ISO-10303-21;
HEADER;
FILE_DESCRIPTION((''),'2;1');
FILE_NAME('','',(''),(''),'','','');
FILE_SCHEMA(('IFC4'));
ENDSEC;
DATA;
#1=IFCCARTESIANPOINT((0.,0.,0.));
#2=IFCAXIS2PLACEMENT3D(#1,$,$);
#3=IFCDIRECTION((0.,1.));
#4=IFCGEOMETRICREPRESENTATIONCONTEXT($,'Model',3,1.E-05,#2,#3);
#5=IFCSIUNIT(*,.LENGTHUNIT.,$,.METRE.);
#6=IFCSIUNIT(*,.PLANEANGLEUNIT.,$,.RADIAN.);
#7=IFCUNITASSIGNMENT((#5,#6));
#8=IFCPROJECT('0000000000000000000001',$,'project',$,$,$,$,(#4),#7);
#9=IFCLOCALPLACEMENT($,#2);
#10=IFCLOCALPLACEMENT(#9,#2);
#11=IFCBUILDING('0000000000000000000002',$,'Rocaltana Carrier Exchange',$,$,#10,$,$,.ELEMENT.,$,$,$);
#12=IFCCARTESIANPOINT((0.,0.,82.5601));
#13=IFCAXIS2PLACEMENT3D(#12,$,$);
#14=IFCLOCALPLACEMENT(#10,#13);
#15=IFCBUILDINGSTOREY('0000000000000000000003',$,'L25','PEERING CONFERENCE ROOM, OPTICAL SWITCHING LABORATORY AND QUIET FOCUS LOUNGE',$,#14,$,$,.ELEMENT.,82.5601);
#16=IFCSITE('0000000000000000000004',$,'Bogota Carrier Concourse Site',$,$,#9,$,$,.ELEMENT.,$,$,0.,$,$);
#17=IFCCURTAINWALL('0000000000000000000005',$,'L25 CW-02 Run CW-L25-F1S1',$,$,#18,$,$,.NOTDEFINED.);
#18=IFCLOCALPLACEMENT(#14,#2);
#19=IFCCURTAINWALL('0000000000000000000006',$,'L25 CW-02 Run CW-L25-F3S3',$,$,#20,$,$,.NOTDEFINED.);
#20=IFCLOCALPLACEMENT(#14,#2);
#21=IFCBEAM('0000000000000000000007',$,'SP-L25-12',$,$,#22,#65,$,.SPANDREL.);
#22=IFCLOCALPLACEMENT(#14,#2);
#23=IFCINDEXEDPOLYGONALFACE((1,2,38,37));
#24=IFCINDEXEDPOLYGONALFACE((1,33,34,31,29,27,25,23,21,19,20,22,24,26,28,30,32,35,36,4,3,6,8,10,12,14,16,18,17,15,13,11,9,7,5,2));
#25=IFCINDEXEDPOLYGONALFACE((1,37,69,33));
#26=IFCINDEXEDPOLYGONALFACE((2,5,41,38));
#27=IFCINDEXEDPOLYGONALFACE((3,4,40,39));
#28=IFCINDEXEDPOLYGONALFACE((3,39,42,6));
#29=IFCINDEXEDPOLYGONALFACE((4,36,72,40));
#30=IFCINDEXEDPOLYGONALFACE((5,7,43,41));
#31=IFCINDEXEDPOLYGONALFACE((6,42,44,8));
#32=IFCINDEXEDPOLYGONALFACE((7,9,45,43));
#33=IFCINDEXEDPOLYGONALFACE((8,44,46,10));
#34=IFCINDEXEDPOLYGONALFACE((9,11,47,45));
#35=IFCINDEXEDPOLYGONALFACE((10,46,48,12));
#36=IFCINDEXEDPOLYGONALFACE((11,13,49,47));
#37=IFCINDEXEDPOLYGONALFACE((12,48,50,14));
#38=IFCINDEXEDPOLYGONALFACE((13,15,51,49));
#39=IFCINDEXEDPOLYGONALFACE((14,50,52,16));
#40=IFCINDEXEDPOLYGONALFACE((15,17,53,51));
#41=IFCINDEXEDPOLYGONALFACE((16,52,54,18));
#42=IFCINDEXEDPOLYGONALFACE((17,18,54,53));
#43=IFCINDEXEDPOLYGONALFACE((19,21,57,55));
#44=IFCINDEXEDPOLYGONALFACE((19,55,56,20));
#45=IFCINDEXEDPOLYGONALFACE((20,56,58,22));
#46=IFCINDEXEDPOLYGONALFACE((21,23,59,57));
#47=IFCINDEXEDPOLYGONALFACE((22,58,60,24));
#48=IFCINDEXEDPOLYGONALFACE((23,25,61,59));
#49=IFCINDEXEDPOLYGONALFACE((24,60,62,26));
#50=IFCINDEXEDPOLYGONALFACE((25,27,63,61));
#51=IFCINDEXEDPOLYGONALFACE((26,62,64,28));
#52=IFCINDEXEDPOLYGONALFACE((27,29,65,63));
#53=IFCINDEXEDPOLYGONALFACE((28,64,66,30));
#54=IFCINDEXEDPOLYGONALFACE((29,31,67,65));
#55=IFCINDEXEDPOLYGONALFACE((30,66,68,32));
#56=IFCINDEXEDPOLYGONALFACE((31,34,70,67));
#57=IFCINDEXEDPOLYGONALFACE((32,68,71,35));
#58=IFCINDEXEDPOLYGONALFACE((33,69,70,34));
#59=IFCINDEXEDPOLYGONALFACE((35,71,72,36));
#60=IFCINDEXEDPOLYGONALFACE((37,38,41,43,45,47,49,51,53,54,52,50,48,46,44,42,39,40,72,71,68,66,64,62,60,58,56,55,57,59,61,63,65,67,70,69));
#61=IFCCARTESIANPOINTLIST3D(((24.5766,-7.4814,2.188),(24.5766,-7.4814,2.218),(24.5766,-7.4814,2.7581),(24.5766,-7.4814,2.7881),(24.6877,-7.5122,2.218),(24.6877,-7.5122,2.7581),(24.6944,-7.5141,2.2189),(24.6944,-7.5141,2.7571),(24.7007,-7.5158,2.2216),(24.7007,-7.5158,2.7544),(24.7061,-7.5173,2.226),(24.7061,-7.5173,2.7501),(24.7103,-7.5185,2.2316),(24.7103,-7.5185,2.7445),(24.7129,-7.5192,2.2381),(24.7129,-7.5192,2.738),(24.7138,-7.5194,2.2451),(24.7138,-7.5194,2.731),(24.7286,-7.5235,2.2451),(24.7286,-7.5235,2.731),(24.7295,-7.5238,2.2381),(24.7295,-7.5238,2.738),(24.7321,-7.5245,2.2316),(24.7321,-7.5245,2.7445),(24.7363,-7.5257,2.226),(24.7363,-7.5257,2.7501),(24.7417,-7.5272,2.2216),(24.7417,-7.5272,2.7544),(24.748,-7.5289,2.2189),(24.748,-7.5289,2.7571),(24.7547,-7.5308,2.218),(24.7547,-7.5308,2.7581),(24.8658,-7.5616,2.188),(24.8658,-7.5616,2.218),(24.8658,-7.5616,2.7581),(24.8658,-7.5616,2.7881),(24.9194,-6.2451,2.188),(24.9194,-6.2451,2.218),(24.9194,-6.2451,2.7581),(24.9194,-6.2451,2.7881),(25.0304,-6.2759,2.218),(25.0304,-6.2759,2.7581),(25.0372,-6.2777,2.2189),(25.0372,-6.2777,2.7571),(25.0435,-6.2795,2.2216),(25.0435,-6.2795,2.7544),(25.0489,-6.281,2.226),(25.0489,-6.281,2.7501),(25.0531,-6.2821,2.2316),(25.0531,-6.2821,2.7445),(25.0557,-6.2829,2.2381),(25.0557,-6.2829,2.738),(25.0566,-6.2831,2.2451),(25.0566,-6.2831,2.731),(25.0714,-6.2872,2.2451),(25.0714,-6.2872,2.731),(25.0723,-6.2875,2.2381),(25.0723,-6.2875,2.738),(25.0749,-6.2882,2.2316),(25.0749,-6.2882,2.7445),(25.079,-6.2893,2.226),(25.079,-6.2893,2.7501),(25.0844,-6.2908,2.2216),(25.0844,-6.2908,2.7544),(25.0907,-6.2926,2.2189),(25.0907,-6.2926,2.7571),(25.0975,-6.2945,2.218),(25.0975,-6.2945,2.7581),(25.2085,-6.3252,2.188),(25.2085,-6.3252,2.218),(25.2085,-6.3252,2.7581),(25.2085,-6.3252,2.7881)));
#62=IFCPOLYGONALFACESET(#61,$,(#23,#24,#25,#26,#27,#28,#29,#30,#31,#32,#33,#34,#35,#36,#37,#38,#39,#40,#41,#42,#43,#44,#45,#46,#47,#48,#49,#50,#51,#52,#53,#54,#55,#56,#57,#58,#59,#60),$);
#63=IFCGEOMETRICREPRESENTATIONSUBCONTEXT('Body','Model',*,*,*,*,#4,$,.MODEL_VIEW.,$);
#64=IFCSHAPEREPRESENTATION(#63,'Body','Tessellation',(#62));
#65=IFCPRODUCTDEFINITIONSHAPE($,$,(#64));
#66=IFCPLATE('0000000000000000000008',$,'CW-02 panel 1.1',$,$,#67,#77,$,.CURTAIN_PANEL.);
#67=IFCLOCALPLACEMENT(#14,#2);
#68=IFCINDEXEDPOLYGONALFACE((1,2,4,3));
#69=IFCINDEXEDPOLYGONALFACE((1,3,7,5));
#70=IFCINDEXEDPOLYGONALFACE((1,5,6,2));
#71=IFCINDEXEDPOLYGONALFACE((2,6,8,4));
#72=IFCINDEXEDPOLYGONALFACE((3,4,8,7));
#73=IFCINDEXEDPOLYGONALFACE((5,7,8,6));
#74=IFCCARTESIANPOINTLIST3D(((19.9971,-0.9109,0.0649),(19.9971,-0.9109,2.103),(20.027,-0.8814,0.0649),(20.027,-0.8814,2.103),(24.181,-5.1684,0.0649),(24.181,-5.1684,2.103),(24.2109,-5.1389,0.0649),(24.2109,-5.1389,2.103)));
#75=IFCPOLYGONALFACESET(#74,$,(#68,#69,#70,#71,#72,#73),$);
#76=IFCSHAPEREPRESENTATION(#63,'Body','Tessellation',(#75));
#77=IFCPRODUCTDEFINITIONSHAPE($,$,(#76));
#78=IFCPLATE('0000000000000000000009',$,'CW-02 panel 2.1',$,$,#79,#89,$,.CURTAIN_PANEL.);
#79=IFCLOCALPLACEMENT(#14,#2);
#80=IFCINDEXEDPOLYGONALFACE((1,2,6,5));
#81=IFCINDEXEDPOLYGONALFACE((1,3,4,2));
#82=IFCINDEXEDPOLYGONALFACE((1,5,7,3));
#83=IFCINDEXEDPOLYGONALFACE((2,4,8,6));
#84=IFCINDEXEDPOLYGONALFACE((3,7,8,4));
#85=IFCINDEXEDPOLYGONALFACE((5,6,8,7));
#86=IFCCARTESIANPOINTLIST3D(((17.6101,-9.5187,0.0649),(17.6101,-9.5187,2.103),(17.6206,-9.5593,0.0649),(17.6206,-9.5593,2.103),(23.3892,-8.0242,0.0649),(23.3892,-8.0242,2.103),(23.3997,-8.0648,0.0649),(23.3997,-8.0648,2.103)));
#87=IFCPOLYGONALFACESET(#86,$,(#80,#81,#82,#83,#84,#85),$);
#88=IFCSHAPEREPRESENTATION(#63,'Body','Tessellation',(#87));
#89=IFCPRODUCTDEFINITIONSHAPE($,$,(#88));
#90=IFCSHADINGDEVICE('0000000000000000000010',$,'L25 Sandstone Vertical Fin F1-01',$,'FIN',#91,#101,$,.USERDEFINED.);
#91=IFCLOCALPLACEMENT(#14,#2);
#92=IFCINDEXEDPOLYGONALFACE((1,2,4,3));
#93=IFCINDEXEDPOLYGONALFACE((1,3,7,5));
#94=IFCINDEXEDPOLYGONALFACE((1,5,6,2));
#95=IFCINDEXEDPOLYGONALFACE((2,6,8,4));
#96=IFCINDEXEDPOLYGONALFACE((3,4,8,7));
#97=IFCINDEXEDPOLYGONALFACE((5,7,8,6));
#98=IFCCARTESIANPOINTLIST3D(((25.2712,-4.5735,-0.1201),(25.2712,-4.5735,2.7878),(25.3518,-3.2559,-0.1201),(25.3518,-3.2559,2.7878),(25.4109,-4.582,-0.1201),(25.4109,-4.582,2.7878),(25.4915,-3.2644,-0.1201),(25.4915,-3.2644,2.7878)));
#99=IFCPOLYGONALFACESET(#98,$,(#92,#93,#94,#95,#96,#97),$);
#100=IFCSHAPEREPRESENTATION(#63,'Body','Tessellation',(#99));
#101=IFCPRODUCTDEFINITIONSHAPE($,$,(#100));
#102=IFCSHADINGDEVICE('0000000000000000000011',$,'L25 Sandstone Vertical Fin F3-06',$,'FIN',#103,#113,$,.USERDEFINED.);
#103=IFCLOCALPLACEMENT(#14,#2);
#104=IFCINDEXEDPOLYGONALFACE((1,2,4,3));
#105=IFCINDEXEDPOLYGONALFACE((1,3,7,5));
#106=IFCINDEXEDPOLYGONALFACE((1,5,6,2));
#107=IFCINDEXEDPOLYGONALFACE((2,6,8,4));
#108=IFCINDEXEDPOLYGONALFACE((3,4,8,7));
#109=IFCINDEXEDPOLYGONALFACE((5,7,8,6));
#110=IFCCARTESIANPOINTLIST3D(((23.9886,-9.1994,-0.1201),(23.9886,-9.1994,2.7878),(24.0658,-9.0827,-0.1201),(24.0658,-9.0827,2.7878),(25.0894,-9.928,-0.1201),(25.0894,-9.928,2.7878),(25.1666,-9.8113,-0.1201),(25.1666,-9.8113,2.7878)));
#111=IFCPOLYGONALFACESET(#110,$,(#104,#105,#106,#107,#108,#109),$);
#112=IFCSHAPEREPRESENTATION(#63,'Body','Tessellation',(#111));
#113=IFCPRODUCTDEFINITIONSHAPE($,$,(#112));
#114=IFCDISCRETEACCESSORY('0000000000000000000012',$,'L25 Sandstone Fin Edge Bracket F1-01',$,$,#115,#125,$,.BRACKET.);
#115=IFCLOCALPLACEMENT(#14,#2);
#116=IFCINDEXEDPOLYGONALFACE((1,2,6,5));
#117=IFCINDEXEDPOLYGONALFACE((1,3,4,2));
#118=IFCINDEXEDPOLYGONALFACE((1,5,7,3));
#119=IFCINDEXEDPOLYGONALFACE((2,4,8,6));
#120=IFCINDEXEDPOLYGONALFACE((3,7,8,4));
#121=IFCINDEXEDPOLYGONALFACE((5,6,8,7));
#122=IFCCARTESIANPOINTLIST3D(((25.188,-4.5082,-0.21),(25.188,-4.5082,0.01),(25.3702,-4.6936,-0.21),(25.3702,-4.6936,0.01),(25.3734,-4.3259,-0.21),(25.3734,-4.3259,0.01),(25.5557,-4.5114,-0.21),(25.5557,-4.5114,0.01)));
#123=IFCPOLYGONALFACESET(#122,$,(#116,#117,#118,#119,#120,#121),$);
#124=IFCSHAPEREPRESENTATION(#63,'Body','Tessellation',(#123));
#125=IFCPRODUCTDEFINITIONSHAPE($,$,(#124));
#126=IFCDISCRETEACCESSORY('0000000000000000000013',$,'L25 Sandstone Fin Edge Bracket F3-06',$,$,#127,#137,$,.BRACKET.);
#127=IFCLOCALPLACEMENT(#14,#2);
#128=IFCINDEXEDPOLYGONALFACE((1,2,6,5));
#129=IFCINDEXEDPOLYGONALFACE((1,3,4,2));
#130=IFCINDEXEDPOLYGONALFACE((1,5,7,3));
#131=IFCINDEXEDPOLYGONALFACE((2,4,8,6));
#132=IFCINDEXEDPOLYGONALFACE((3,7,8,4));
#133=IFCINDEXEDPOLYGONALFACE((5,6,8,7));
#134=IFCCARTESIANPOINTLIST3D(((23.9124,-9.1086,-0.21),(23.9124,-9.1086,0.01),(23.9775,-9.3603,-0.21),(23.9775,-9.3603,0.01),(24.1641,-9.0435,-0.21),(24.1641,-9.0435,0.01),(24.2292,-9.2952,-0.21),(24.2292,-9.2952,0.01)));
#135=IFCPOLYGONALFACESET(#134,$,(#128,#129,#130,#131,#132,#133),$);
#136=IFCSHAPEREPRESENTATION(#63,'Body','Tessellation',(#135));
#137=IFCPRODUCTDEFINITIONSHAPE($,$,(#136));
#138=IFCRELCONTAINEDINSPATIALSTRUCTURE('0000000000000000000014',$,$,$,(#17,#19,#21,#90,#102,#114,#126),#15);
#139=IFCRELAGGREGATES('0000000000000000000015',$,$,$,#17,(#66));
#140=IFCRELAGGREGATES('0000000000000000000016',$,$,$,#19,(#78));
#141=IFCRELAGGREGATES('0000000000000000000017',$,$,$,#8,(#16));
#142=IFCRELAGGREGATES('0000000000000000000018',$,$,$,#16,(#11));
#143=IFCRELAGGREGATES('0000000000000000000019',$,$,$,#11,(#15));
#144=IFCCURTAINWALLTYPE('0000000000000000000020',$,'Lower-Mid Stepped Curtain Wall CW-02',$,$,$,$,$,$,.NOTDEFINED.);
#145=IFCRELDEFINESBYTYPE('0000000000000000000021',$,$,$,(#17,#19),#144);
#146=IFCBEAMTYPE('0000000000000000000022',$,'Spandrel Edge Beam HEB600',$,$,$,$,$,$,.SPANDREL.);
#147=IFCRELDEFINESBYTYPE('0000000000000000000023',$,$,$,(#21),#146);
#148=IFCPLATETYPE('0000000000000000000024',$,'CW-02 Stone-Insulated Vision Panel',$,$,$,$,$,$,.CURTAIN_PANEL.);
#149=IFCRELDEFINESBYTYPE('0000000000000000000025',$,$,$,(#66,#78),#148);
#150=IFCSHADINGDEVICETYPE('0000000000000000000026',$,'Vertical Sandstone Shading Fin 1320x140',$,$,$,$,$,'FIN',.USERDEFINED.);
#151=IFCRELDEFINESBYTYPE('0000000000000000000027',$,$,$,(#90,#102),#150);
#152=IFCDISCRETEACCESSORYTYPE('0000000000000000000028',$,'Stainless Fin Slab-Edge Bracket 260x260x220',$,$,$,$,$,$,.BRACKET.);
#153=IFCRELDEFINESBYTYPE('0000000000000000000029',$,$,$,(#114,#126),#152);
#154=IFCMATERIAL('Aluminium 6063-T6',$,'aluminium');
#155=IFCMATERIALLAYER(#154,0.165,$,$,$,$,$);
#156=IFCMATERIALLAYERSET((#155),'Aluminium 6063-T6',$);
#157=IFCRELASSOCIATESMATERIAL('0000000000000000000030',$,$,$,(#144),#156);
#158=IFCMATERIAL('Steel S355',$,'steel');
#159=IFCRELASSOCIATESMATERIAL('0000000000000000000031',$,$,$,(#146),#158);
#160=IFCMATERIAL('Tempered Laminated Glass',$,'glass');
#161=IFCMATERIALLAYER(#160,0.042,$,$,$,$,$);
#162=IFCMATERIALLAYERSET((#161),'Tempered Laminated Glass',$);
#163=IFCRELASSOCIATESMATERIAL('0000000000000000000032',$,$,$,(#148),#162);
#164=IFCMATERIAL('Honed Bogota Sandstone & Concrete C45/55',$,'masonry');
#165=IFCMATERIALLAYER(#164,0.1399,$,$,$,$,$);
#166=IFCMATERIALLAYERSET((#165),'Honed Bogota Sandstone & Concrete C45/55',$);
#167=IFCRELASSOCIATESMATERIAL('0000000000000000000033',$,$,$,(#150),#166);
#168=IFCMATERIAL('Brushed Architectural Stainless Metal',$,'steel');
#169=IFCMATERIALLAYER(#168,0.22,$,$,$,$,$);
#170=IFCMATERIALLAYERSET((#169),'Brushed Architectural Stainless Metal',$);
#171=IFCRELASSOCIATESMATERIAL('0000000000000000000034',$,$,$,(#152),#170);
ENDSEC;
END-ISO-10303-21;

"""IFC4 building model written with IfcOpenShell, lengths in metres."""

from ifc_helpers import new_model, si_unit, direction, frame, origin, origin_2d, place, context, subcontext, project, spatial, rectangle, i_section, extrude, material, layer, layer_set, material_profile, profile_set, type_object, element, aggregate, save


model = new_model("IFC4")

# Units and contexts
model_context = context("Model", 3, precision=1e-05, world=origin(), true_north=direction((0.0, 1.0)))
body_context = subcontext(model_context, "Body", "Model", "MODEL_VIEW")
ifc_project = project(units=[si_unit("LENGTHUNIT", "METRE"), si_unit("PLANEANGLEUNIT", "RADIAN")], contexts=[model_context])

# Site, building, storey
site_placement = place(None, origin())
site = spatial("IfcSite", under=ifc_project, at=site_placement, Name="Bogota Carrier Concourse Site", CompositionType="ELEMENT", RefElevation=0.0)
building_placement = place(site_placement, origin())
building = spatial("IfcBuilding", under=site, at=building_placement, Name="Rocaltana Carrier Exchange", CompositionType="ELEMENT")
storey_placement = place(building_placement, frame((0.0, 0.0, 82.5601)))
storey = spatial("IfcBuildingStorey", under=building, at=storey_placement, Name="L25", Description="PEERING CONFERENCE ROOM, OPTICAL SWITCHING LABORATORY AND QUIET FOCUS LOUNGE", CompositionType="ELEMENT", Elevation=82.5601)

# Curtain wall
ifc_material_1 = material(Name="Aluminium 6063-T6", Category="aluminium")
ifc_layer_1 = layer(ifc_material_1, 0.165)
ifc_layer_set_1 = layer_set([ifc_layer_1], Name="Aluminium 6063-T6")
curtain_wall_type = type_object("IfcCurtainWallType", Name="Lower-Mid Stepped Curtain Wall CW-02", PredefinedType="NOTDEFINED", material=ifc_layer_set_1)
curtain_wall_1_placement = place(storey_placement, origin())
curtain_wall_1 = element("IfcCurtainWall", 1, at=curtain_wall_1_placement, inside=storey, type_object=curtain_wall_type, Name="L25 CW-02 Run CW-L25-F1S1", PredefinedType="NOTDEFINED")

# Curtain wall
curtain_wall_2_placement = place(storey_placement, origin())
curtain_wall_2 = element("IfcCurtainWall", 2, at=curtain_wall_2_placement, inside=storey, type_object=curtain_wall_type, Name="L25 CW-02 Run CW-L25-F3S3", PredefinedType="NOTDEFINED")

# Beam
ifc_material_2 = material(Name="Steel S355", Category="steel")
ifc_material_profile_1 = material_profile(ifc_material_2, i_section(OverallWidth=0.3, OverallDepth=0.6001, WebThickness=0.0154, FlangeThickness=0.03, FilletRadius=0.0271, at=origin_2d()), Name="HEB600")
ifc_profile_set_1 = profile_set([ifc_material_profile_1], Name="Steel S355")
beam_type_1 = type_object("IfcBeamType", Name="Spandrel Edge Beam HEB600", PredefinedType="SPANDREL", material=ifc_profile_set_1)
beam_1_placement = place(storey_placement, frame((24.7212, -7.5215, 2.488), z_axis=(0.267173, 0.963649, 0.0), x_axis=(-0.963649, 0.267173, 0.0)))
element("IfcBeam", 3, at=beam_1_placement, inside=storey, type_object=beam_type_1, Name="SP-L25-12", PredefinedType="SPANDREL", context=body_context, shape_type="SweptSolid", body=[
    extrude(i_section(OverallWidth=0.3, OverallDepth=0.6001, WebThickness=0.0154, FlangeThickness=0.03, FilletRadius=0.0271, at=origin_2d()), origin(), (0.0, 0.0, 1.0), 1.283),
])

# Plates
ifc_material_3 = material(Name="Tempered Laminated Glass", Category="glass")
ifc_layer_2 = layer(ifc_material_3, 0.042)
ifc_layer_set_2 = layer_set([ifc_layer_2], Name="Tempered Laminated Glass")
plate_type = type_object("IfcPlateType", Name="CW-02 Stone-Insulated Vision Panel", PredefinedType="CURTAIN_PANEL", material=ifc_layer_set_2)
plate_1_placement = place(storey_placement, frame((22.104, -3.0249, 0.0649), z_axis=(0.0, 0.0, 1.0), x_axis=(-0.700915, 0.713245, 0.0)))
plate_1 = element("IfcPlate", 4, at=plate_1_placement, type_object=plate_type, Name="CW-02 panel 1.1", PredefinedType="CURTAIN_PANEL", context=body_context, shape_type="SweptSolid", body=[
    extrude(rectangle(XDim=5.9692, YDim=0.042, at=origin_2d()), origin(), (0.0, 0.0, 1.0), 2.0381),
])
aggregate(curtain_wall_1, [plate_1])
plate_2_placement = place(storey_placement, frame((20.5049, -8.7917, 0.0649), z_axis=(0.0, 0.0, 1.0), x_axis=(0.96815, 0.25037, 0.0)))
plate_2 = element("IfcPlate", 5, at=plate_2_placement, type_object=plate_type, Name="CW-02 panel 2.1", PredefinedType="CURTAIN_PANEL", context=body_context, shape_type="SweptSolid", body=[
    extrude(rectangle(XDim=5.9692, YDim=0.042, at=origin_2d()), origin(), (0.0, 0.0, 1.0), 2.0381),
])
aggregate(curtain_wall_2, [plate_2])

# Shading devices
ifc_material_4 = material(Name="Honed Bogota Sandstone & Concrete C45/55", Category="masonry")
ifc_layer_3 = layer(ifc_material_4, 0.1399)
ifc_layer_set_3 = layer_set([ifc_layer_3], Name="Honed Bogota Sandstone & Concrete C45/55")
shading_device_type = type_object("IfcShadingDeviceType", Name="Vertical Sandstone Shading Fin 1320x140", ElementType="FIN", PredefinedType="USERDEFINED", material=ifc_layer_set_3)
for number, where, z_axis, x_axis, name in (
    (6, (25.3813, -3.9189, -0.1201), (0.0, 0.0, 1.0), (0.061049, 0.998135, 0.0), "L25 Sandstone Vertical Fin F1-01"),
    (7, (24.5776, -9.5054, -0.1201), (0.0, 0.0, 1.0), (0.833886, -0.551937, 0.0), "L25 Sandstone Vertical Fin F3-06"),
):
    element("IfcShadingDevice", number, at=place(storey_placement, frame(where, z_axis=z_axis, x_axis=x_axis)), inside=storey, type_object=shading_device_type, Name=name, ObjectType="FIN", PredefinedType="USERDEFINED", context=body_context, shape_type="SweptSolid", body=[
        extrude(rectangle(XDim=1.3201, YDim=0.1399, at=origin_2d()), origin(), (0.0, 0.0, 1.0), 2.908),
    ])

# Discrete accessories
ifc_material_5 = material(Name="Brushed Architectural Stainless Metal", Category="steel")
ifc_layer_4 = layer(ifc_material_5, 0.22)
ifc_layer_set_4 = layer_set([ifc_layer_4], Name="Brushed Architectural Stainless Metal")
discrete_accessory_type = type_object("IfcDiscreteAccessoryType", Name="Stainless Fin Slab-Edge Bracket 260x260x220", PredefinedType="BRACKET", material=ifc_layer_set_4)
for number, where, z_axis, x_axis, name in (
    (8, (25.3718, -4.5098, -0.21), (0.0, 0.0, 1.0), (-0.700909, 0.71325, 0.0), "L25 Sandstone Fin Edge Bracket F1-01"),
    (9, (24.0708, -9.2019, -0.21), (0.0, 0.0, 1.0), (0.968148, 0.25038, 0.0), "L25 Sandstone Fin Edge Bracket F3-06"),
):
    element("IfcDiscreteAccessory", number, at=place(storey_placement, frame(where, z_axis=z_axis, x_axis=x_axis)), inside=storey, type_object=discrete_accessory_type, Name=name, PredefinedType="BRACKET", context=body_context, shape_type="SweptSolid", body=[
        extrude(rectangle(XDim=0.26, YDim=0.26, at=origin_2d()), origin(), (0.0, 0.0, 1.0), 0.22),
    ])

save(model, "model.ifc")
